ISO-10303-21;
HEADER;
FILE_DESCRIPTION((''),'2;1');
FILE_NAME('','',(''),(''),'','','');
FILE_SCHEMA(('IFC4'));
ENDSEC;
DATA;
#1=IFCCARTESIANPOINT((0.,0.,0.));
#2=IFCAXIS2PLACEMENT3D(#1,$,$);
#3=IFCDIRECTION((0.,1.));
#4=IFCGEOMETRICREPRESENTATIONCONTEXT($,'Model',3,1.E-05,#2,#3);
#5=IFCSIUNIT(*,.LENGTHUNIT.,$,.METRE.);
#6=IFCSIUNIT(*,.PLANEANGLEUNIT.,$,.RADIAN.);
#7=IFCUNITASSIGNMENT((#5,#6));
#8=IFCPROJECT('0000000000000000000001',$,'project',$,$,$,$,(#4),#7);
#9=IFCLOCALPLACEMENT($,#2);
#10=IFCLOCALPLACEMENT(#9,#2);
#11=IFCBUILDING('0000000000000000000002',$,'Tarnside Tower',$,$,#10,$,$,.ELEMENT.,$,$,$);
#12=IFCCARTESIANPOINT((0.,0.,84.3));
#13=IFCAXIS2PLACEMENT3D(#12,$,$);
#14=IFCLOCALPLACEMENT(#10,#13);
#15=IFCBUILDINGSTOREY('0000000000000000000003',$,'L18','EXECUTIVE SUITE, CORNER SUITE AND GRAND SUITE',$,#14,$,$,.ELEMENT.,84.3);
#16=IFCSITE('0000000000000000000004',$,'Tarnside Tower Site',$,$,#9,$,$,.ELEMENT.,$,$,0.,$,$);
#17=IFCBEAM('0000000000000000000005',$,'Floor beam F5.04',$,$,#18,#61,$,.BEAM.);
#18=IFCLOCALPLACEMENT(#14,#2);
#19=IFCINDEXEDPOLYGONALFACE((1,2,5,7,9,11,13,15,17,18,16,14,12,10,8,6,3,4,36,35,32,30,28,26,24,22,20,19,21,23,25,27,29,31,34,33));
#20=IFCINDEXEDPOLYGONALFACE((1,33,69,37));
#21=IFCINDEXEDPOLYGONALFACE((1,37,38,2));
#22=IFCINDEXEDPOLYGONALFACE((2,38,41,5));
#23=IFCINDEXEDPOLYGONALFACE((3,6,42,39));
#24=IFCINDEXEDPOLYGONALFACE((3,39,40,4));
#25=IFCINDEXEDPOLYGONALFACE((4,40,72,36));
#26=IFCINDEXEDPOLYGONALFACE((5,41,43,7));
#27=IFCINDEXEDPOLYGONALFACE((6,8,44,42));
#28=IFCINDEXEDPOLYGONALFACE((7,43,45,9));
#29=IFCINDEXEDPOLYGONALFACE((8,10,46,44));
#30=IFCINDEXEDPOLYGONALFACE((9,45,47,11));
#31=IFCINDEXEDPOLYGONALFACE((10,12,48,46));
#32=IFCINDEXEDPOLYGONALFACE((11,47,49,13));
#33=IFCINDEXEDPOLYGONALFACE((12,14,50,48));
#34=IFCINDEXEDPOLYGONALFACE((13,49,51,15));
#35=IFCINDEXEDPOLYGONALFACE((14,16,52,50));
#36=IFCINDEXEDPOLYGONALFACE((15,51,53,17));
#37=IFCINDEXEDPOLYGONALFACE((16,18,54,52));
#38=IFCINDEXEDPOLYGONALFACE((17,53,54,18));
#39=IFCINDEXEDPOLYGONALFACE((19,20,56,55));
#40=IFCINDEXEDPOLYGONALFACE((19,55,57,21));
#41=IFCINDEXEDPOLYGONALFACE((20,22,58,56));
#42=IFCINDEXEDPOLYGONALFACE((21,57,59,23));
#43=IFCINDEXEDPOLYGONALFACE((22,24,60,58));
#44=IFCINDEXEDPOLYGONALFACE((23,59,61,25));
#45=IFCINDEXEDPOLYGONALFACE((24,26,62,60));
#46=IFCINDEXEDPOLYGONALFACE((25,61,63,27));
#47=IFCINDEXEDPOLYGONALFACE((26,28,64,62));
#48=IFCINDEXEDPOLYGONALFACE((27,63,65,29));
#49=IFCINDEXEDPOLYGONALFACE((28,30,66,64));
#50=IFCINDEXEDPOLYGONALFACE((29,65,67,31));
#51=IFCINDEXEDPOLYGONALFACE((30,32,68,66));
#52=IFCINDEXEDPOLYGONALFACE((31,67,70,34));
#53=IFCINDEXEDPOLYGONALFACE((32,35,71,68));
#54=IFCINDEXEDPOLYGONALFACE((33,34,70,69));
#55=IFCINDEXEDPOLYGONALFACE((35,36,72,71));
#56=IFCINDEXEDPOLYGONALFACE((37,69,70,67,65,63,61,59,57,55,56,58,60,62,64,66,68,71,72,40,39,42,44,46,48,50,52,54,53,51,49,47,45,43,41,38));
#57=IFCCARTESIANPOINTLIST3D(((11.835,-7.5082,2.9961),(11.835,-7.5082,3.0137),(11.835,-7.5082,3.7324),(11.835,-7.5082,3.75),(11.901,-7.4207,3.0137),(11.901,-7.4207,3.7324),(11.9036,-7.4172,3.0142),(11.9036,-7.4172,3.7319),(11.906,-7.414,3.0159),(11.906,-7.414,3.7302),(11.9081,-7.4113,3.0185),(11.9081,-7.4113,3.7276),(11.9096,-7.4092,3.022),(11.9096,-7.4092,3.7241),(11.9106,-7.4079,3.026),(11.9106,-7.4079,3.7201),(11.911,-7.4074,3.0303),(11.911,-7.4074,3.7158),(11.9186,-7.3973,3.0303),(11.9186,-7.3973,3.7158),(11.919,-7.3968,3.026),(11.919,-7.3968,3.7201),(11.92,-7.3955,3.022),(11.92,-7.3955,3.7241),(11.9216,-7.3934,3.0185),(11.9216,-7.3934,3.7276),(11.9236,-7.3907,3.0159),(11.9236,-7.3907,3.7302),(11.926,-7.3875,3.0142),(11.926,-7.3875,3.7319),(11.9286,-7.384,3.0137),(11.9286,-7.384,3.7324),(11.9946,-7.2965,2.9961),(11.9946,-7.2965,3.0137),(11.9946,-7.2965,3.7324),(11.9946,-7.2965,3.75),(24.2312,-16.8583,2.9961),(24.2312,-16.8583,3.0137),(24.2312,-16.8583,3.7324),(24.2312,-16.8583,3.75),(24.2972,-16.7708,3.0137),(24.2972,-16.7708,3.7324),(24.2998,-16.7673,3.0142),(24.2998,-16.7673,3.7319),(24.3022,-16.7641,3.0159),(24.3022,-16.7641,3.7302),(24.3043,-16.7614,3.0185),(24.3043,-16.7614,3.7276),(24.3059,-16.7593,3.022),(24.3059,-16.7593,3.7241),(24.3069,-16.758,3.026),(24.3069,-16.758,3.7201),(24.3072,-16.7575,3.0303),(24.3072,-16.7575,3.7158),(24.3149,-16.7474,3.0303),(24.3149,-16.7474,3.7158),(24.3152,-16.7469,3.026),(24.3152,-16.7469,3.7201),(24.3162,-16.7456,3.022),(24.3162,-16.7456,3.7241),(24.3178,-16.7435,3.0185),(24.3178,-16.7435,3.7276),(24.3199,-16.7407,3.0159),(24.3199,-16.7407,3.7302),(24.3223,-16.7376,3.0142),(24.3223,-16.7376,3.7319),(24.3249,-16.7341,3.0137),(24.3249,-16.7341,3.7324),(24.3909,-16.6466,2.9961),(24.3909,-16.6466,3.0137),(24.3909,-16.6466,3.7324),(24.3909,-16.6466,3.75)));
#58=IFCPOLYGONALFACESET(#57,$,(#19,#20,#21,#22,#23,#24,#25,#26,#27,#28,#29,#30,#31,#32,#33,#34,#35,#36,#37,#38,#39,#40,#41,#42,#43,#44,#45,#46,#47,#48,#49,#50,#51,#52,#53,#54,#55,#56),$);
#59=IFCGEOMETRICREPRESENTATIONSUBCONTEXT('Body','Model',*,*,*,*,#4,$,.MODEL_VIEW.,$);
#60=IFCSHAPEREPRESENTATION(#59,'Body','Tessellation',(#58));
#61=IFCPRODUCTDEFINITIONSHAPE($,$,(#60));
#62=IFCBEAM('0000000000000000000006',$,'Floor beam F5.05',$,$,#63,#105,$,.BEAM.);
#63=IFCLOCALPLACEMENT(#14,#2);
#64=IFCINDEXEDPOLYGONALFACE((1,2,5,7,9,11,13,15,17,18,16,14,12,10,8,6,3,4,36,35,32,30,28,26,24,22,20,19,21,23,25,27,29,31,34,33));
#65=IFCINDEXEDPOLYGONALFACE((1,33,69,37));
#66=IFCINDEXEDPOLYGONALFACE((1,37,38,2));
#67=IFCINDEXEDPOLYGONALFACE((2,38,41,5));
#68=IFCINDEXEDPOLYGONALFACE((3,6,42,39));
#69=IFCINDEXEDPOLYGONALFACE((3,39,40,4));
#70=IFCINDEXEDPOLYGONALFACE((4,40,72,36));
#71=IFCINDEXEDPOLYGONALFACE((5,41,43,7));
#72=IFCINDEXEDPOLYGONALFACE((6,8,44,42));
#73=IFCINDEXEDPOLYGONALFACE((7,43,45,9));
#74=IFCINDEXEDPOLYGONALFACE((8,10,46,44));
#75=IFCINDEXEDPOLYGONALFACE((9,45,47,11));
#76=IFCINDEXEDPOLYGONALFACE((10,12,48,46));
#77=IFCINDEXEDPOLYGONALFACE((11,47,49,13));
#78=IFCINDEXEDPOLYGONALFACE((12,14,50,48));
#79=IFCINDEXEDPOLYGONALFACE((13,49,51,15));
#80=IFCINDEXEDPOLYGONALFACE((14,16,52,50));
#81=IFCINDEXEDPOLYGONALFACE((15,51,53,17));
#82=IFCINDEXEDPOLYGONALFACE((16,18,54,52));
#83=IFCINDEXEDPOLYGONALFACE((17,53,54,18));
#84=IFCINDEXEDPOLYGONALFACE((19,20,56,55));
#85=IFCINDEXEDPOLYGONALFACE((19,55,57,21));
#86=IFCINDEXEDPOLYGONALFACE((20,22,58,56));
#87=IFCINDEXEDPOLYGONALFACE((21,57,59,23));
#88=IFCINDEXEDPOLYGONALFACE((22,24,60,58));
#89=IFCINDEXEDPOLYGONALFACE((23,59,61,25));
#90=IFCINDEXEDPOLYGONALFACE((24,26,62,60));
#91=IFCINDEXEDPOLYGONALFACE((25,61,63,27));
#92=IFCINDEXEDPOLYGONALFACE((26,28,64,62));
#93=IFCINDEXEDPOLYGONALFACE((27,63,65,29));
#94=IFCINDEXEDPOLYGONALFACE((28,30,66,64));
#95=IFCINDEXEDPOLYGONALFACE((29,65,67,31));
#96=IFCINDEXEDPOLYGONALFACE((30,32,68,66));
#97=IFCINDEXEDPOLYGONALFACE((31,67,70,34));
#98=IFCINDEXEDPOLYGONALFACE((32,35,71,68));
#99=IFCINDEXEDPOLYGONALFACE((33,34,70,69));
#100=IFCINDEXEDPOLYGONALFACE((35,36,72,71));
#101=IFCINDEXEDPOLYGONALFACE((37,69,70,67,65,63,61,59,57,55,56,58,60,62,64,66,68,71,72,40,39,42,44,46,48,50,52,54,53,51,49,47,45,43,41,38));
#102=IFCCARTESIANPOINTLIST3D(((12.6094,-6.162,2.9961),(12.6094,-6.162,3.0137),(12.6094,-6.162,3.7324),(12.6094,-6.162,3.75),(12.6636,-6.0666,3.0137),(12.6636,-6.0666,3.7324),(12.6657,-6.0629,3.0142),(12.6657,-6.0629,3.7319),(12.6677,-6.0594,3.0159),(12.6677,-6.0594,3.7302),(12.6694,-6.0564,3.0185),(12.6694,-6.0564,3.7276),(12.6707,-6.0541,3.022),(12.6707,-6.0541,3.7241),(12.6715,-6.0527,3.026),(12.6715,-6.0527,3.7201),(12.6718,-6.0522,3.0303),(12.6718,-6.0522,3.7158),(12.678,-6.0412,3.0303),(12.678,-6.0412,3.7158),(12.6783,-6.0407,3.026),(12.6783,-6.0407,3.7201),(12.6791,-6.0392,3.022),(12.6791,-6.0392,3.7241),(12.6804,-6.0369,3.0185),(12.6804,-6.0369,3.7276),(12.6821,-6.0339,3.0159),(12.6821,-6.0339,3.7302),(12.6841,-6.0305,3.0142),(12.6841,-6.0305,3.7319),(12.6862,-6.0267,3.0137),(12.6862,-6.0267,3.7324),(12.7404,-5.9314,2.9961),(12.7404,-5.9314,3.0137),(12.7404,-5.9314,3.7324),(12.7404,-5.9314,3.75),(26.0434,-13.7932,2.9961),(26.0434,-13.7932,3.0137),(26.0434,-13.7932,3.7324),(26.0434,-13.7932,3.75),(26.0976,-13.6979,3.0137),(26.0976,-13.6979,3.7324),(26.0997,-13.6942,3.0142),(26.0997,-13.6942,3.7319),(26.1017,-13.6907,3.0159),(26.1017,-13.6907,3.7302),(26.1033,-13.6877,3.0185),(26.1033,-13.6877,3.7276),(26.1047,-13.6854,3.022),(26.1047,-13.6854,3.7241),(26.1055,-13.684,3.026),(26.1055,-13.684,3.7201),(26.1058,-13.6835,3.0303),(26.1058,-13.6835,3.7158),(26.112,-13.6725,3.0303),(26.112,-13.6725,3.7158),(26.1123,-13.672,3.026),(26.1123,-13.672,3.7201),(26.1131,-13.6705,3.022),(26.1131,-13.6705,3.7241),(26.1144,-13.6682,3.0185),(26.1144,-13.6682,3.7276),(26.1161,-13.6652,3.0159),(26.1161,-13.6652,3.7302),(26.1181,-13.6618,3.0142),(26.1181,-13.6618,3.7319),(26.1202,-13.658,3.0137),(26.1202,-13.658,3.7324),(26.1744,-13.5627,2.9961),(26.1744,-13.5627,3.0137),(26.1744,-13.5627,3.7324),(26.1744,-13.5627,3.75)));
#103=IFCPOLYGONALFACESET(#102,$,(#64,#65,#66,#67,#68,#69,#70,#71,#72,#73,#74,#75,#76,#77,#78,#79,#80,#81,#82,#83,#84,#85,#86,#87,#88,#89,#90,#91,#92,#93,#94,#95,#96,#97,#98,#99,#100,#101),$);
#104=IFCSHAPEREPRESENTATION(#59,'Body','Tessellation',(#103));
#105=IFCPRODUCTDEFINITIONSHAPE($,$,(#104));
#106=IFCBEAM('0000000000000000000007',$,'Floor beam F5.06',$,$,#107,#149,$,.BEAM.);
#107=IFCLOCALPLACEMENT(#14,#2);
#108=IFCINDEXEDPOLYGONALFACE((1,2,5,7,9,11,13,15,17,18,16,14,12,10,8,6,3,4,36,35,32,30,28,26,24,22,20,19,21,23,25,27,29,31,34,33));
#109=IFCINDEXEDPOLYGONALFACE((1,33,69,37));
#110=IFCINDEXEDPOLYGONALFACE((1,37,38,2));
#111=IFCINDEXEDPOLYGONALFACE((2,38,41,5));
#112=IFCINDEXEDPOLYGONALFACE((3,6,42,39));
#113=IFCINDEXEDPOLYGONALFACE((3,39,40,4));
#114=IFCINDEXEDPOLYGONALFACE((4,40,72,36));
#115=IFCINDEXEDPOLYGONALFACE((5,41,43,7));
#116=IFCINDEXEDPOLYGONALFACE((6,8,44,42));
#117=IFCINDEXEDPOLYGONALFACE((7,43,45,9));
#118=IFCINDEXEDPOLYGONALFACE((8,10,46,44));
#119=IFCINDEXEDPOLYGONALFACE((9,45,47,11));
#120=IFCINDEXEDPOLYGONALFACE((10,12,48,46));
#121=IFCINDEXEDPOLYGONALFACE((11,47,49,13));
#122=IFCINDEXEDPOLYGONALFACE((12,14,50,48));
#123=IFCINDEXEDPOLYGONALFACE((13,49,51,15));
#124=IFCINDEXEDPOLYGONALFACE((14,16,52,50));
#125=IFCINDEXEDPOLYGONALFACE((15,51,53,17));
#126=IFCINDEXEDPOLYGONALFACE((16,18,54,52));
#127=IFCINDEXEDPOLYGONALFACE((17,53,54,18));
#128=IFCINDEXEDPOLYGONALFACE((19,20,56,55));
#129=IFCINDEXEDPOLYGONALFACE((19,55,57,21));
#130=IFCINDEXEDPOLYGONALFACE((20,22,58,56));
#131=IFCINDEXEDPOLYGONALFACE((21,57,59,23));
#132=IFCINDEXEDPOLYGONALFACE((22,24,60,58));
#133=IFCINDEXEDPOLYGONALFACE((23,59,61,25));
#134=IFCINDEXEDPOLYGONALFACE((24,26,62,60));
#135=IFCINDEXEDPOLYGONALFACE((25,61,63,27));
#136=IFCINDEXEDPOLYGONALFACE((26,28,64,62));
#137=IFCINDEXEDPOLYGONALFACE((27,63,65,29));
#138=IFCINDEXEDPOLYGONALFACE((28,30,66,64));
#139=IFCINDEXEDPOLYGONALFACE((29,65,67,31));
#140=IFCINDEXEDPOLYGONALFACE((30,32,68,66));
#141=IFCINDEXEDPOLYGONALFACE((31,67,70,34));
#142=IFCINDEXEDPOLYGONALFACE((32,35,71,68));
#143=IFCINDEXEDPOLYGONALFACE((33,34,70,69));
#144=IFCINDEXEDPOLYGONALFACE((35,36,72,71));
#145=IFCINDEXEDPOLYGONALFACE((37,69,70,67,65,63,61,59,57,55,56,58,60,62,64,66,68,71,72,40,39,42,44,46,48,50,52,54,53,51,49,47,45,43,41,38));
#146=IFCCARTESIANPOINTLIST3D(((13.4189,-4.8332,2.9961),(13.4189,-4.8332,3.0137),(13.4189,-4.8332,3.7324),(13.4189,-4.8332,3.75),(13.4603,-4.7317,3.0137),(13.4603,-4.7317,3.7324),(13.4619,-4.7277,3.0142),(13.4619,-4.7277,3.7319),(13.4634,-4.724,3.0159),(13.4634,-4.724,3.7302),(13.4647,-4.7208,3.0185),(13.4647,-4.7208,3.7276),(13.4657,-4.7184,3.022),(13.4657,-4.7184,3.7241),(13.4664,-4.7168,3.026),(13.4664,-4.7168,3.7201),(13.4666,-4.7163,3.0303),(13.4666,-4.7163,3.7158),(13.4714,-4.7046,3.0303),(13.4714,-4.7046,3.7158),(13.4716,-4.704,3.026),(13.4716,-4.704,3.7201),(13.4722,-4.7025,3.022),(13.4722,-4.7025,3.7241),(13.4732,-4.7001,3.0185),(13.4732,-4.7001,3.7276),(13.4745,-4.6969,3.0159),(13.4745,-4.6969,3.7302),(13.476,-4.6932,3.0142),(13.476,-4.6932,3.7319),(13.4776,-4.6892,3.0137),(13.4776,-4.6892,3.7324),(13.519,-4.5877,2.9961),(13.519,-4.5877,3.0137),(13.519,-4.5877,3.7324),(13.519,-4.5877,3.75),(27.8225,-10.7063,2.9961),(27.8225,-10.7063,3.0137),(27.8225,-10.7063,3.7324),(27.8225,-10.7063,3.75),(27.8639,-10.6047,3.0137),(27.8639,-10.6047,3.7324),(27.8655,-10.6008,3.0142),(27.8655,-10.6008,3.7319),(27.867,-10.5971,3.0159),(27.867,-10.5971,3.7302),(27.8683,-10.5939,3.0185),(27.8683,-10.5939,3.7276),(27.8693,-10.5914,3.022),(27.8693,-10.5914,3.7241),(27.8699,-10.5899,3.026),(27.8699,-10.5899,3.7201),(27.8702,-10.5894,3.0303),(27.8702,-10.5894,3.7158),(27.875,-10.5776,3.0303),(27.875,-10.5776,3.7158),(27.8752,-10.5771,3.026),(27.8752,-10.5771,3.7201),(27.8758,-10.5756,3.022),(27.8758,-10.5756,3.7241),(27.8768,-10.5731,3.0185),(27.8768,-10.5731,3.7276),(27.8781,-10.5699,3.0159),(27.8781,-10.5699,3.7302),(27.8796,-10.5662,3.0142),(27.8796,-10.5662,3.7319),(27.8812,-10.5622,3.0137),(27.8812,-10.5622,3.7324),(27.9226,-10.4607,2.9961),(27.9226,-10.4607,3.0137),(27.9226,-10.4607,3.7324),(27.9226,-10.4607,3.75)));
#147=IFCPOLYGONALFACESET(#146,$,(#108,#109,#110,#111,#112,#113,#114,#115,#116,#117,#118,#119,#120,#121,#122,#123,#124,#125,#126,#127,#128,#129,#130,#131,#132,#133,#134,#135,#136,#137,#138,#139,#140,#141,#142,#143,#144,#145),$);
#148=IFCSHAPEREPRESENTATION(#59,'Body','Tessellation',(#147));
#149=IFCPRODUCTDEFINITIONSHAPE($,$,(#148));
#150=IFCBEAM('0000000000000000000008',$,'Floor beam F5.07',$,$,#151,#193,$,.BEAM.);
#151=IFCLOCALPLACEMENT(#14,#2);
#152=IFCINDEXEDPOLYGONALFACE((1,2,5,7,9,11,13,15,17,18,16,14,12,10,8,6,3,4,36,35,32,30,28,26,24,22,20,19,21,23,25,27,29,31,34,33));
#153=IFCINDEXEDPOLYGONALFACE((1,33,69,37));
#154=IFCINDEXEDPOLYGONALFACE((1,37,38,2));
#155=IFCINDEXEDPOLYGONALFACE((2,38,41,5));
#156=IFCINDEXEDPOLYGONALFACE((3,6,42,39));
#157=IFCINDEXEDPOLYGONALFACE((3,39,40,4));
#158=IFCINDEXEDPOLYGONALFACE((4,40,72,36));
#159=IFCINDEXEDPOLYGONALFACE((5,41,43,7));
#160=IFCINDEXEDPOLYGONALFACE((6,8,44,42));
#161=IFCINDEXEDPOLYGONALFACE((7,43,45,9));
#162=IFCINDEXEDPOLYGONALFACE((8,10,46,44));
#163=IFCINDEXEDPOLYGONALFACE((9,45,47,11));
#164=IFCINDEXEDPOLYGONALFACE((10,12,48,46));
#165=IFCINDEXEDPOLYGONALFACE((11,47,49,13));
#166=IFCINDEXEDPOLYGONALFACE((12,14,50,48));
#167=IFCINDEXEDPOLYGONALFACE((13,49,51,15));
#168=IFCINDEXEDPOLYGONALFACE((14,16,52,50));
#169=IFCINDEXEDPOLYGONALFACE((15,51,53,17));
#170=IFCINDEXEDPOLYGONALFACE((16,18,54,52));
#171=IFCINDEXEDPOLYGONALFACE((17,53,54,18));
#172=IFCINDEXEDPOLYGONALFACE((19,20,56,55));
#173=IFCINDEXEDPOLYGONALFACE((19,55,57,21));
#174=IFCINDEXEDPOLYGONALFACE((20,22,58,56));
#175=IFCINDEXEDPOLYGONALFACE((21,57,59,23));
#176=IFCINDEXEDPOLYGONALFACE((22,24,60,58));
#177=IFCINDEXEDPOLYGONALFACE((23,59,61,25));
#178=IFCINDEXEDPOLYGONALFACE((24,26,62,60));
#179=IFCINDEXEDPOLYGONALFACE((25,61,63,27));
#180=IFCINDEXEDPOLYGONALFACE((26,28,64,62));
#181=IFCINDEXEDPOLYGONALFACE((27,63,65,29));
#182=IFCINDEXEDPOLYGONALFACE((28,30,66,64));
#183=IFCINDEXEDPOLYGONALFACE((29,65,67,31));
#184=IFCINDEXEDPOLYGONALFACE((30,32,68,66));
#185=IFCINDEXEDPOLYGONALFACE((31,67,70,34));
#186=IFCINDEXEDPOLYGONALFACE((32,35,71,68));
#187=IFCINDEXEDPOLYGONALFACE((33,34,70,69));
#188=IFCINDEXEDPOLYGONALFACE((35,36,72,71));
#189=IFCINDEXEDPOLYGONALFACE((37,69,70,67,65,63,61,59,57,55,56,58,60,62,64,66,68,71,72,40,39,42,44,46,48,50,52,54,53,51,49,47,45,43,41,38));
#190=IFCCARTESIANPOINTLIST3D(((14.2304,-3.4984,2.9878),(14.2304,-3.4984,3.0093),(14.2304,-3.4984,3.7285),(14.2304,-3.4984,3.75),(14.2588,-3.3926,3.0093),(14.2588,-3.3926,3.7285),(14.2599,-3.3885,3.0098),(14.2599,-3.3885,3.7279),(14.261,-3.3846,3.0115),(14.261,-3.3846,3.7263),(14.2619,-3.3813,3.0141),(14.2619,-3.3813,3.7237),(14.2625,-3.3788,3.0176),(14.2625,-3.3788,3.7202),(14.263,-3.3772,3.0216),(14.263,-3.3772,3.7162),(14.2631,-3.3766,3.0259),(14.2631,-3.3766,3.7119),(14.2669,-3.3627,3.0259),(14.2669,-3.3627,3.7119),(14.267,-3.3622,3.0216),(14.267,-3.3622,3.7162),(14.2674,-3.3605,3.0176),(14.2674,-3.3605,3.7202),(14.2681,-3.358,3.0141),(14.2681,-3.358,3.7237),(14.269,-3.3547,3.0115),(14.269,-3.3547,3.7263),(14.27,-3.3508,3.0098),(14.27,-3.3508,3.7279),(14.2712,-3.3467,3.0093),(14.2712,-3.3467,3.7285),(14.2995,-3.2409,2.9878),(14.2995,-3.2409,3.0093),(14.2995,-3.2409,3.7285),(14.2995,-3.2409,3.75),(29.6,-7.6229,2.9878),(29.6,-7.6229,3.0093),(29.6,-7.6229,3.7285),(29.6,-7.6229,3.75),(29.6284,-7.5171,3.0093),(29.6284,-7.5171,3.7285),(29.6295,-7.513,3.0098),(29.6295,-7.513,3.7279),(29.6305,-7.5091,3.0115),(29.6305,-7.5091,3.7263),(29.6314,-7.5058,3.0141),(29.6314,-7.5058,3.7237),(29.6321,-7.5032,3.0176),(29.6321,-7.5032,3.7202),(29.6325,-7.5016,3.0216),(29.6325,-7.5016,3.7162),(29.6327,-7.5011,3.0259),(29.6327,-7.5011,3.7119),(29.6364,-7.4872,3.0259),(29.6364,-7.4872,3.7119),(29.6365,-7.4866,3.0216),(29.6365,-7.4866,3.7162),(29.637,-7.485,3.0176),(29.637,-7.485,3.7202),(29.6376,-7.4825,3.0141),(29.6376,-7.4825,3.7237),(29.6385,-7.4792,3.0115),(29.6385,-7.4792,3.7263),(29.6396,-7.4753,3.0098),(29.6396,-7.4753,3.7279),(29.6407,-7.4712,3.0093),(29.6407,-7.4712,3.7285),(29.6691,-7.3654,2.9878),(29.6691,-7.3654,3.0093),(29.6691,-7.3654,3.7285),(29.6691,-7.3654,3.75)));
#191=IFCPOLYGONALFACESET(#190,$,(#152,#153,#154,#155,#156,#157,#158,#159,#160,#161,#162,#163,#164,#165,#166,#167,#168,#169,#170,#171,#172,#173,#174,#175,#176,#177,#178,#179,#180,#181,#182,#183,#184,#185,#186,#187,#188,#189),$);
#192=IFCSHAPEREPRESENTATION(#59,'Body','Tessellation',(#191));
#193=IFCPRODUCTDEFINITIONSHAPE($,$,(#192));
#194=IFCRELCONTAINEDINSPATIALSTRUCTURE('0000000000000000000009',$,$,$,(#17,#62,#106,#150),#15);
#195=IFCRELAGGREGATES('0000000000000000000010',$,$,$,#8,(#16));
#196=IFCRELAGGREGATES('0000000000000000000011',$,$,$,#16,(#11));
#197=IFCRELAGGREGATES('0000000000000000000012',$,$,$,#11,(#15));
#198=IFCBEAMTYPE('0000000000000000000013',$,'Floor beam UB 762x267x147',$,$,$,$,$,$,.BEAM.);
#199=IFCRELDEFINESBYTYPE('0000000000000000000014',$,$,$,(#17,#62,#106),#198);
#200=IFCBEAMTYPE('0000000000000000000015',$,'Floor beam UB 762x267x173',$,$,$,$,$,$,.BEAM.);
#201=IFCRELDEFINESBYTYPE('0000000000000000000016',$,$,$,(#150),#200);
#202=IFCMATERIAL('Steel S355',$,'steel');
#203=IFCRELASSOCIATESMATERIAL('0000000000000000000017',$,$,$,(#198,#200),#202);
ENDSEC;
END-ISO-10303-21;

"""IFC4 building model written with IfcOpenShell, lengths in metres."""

from ifc_helpers import new_model, si_unit, direction, frame, origin, origin_2d, place, context, subcontext, project, spatial, i_section, extrude, material, material_profile, profile_set, type_object, element, save


model = new_model("IFC4")

# Units and contexts
model_context = context("Model", 3, precision=1e-05, world=origin(), true_north=direction((0.0, 1.0)))
body_context = subcontext(model_context, "Body", "Model", "MODEL_VIEW")
ifc_project = project(units=[si_unit("LENGTHUNIT", "METRE"), si_unit("PLANEANGLEUNIT", "RADIAN")], contexts=[model_context])

# Site, building, storey
site_placement = place(None, origin())
site = spatial("IfcSite", under=ifc_project, at=site_placement, Name="Tarnside Tower Site", CompositionType="ELEMENT", RefElevation=0.0)
building_placement = place(site_placement, origin())
building = spatial("IfcBuilding", under=site, at=building_placement, Name="Tarnside Tower", CompositionType="ELEMENT")
storey_placement = place(building_placement, frame((0.0, 0.0, 84.3)))
storey = spatial("IfcBuildingStorey", under=building, at=storey_placement, Name="L18", Description="EXECUTIVE SUITE, CORNER SUITE AND GRAND SUITE", CompositionType="ELEMENT", Elevation=84.3)

# Beams
ifc_material_1 = material(Name="Steel S355", Category="steel")
ifc_material_profile_1 = material_profile(ifc_material_1, i_section(OverallWidth=0.2651, OverallDepth=0.7539, WebThickness=0.0127, FlangeThickness=0.0176, FilletRadius=0.0166, at=origin_2d()), Name="UB 762x267x147")
ifc_profile_set_1 = profile_set([ifc_material_profile_1], Name="Steel S355")
beam_type_1 = type_object("IfcBeamType", Name="Floor beam UB 762x267x147", PredefinedType="BEAM", material=ifc_profile_set_1)
beam_1_placement = place(storey_placement, frame((24.311, -16.7524, 3.373), z_axis=(-0.798361, 0.602179, 0.0), x_axis=(-0.602179, -0.798361, 0.0)))
element("IfcBeam", 1, at=beam_1_placement, inside=storey, type_object=beam_type_1, Name="Floor beam F5.04", PredefinedType="BEAM", context=body_context, shape_type="SweptSolid", body=[
    extrude(i_section(OverallWidth=0.2651, OverallDepth=0.7539, WebThickness=0.0127, FlangeThickness=0.0176, FilletRadius=0.0166, at=origin_2d()), origin(), (0.0, 0.0, 1.0), 15.5271),
])
beam_2_placement = place(storey_placement, frame((26.1089, -13.678, 3.373), z_axis=(-0.869503, 0.493929, 0.0), x_axis=(-0.493929, -0.869503, 0.0)))
element("IfcBeam", 2, at=beam_2_placement, inside=storey, type_object=beam_type_1, Name="Floor beam F5.05", PredefinedType="BEAM", context=body_context, shape_type="SweptSolid", body=[
    extrude(i_section(OverallWidth=0.2651, OverallDepth=0.7539, WebThickness=0.0127, FlangeThickness=0.0176, FilletRadius=0.0166, at=origin_2d()), origin(), (0.0, 0.0, 1.0), 15.4502),
])
beam_3_placement = place(storey_placement, frame((27.8726, -10.5835, 3.373), z_axis=(-0.925982, 0.377569, 0.0), x_axis=(-0.377569, -0.925982, 0.0)))
element("IfcBeam", 3, at=beam_3_placement, inside=storey, type_object=beam_type_1, Name="Floor beam F5.06", PredefinedType="BEAM", context=body_context, shape_type="SweptSolid", body=[
    extrude(i_section(OverallWidth=0.2651, OverallDepth=0.7539, WebThickness=0.0127, FlangeThickness=0.0176, FilletRadius=0.0166, at=origin_2d()), origin(), (0.0, 0.0, 1.0), 15.5549),
])
ifc_material_profile_2 = material_profile(ifc_material_1, i_section(OverallWidth=0.2666, OverallDepth=0.7622, WebThickness=0.0144, FlangeThickness=0.0215, FilletRadius=0.0166, at=origin_2d()), Name="UB 762x267x173")
ifc_profile_set_2 = profile_set([ifc_material_profile_2], Name="Steel S355")
beam_type_2 = type_object("IfcBeamType", Name="Floor beam UB 762x267x173", PredefinedType="BEAM", material=ifc_profile_set_2)
beam_4_placement = place(storey_placement, frame((29.6345, -7.4941, 3.3689), z_axis=(-0.965828, 0.259184, 0.0), x_axis=(-0.259184, -0.965828, 0.0)))
element("IfcBeam", 4, at=beam_4_placement, inside=storey, type_object=beam_type_2, Name="Floor beam F5.07", PredefinedType="BEAM", context=body_context, shape_type="SweptSolid", body=[
    extrude(i_section(OverallWidth=0.2666, OverallDepth=0.7622, WebThickness=0.0144, FlangeThickness=0.0215, FilletRadius=0.0166, at=origin_2d()), origin(), (0.0, 0.0, 1.0), 15.9133),
])

save(model, "model.ifc")
